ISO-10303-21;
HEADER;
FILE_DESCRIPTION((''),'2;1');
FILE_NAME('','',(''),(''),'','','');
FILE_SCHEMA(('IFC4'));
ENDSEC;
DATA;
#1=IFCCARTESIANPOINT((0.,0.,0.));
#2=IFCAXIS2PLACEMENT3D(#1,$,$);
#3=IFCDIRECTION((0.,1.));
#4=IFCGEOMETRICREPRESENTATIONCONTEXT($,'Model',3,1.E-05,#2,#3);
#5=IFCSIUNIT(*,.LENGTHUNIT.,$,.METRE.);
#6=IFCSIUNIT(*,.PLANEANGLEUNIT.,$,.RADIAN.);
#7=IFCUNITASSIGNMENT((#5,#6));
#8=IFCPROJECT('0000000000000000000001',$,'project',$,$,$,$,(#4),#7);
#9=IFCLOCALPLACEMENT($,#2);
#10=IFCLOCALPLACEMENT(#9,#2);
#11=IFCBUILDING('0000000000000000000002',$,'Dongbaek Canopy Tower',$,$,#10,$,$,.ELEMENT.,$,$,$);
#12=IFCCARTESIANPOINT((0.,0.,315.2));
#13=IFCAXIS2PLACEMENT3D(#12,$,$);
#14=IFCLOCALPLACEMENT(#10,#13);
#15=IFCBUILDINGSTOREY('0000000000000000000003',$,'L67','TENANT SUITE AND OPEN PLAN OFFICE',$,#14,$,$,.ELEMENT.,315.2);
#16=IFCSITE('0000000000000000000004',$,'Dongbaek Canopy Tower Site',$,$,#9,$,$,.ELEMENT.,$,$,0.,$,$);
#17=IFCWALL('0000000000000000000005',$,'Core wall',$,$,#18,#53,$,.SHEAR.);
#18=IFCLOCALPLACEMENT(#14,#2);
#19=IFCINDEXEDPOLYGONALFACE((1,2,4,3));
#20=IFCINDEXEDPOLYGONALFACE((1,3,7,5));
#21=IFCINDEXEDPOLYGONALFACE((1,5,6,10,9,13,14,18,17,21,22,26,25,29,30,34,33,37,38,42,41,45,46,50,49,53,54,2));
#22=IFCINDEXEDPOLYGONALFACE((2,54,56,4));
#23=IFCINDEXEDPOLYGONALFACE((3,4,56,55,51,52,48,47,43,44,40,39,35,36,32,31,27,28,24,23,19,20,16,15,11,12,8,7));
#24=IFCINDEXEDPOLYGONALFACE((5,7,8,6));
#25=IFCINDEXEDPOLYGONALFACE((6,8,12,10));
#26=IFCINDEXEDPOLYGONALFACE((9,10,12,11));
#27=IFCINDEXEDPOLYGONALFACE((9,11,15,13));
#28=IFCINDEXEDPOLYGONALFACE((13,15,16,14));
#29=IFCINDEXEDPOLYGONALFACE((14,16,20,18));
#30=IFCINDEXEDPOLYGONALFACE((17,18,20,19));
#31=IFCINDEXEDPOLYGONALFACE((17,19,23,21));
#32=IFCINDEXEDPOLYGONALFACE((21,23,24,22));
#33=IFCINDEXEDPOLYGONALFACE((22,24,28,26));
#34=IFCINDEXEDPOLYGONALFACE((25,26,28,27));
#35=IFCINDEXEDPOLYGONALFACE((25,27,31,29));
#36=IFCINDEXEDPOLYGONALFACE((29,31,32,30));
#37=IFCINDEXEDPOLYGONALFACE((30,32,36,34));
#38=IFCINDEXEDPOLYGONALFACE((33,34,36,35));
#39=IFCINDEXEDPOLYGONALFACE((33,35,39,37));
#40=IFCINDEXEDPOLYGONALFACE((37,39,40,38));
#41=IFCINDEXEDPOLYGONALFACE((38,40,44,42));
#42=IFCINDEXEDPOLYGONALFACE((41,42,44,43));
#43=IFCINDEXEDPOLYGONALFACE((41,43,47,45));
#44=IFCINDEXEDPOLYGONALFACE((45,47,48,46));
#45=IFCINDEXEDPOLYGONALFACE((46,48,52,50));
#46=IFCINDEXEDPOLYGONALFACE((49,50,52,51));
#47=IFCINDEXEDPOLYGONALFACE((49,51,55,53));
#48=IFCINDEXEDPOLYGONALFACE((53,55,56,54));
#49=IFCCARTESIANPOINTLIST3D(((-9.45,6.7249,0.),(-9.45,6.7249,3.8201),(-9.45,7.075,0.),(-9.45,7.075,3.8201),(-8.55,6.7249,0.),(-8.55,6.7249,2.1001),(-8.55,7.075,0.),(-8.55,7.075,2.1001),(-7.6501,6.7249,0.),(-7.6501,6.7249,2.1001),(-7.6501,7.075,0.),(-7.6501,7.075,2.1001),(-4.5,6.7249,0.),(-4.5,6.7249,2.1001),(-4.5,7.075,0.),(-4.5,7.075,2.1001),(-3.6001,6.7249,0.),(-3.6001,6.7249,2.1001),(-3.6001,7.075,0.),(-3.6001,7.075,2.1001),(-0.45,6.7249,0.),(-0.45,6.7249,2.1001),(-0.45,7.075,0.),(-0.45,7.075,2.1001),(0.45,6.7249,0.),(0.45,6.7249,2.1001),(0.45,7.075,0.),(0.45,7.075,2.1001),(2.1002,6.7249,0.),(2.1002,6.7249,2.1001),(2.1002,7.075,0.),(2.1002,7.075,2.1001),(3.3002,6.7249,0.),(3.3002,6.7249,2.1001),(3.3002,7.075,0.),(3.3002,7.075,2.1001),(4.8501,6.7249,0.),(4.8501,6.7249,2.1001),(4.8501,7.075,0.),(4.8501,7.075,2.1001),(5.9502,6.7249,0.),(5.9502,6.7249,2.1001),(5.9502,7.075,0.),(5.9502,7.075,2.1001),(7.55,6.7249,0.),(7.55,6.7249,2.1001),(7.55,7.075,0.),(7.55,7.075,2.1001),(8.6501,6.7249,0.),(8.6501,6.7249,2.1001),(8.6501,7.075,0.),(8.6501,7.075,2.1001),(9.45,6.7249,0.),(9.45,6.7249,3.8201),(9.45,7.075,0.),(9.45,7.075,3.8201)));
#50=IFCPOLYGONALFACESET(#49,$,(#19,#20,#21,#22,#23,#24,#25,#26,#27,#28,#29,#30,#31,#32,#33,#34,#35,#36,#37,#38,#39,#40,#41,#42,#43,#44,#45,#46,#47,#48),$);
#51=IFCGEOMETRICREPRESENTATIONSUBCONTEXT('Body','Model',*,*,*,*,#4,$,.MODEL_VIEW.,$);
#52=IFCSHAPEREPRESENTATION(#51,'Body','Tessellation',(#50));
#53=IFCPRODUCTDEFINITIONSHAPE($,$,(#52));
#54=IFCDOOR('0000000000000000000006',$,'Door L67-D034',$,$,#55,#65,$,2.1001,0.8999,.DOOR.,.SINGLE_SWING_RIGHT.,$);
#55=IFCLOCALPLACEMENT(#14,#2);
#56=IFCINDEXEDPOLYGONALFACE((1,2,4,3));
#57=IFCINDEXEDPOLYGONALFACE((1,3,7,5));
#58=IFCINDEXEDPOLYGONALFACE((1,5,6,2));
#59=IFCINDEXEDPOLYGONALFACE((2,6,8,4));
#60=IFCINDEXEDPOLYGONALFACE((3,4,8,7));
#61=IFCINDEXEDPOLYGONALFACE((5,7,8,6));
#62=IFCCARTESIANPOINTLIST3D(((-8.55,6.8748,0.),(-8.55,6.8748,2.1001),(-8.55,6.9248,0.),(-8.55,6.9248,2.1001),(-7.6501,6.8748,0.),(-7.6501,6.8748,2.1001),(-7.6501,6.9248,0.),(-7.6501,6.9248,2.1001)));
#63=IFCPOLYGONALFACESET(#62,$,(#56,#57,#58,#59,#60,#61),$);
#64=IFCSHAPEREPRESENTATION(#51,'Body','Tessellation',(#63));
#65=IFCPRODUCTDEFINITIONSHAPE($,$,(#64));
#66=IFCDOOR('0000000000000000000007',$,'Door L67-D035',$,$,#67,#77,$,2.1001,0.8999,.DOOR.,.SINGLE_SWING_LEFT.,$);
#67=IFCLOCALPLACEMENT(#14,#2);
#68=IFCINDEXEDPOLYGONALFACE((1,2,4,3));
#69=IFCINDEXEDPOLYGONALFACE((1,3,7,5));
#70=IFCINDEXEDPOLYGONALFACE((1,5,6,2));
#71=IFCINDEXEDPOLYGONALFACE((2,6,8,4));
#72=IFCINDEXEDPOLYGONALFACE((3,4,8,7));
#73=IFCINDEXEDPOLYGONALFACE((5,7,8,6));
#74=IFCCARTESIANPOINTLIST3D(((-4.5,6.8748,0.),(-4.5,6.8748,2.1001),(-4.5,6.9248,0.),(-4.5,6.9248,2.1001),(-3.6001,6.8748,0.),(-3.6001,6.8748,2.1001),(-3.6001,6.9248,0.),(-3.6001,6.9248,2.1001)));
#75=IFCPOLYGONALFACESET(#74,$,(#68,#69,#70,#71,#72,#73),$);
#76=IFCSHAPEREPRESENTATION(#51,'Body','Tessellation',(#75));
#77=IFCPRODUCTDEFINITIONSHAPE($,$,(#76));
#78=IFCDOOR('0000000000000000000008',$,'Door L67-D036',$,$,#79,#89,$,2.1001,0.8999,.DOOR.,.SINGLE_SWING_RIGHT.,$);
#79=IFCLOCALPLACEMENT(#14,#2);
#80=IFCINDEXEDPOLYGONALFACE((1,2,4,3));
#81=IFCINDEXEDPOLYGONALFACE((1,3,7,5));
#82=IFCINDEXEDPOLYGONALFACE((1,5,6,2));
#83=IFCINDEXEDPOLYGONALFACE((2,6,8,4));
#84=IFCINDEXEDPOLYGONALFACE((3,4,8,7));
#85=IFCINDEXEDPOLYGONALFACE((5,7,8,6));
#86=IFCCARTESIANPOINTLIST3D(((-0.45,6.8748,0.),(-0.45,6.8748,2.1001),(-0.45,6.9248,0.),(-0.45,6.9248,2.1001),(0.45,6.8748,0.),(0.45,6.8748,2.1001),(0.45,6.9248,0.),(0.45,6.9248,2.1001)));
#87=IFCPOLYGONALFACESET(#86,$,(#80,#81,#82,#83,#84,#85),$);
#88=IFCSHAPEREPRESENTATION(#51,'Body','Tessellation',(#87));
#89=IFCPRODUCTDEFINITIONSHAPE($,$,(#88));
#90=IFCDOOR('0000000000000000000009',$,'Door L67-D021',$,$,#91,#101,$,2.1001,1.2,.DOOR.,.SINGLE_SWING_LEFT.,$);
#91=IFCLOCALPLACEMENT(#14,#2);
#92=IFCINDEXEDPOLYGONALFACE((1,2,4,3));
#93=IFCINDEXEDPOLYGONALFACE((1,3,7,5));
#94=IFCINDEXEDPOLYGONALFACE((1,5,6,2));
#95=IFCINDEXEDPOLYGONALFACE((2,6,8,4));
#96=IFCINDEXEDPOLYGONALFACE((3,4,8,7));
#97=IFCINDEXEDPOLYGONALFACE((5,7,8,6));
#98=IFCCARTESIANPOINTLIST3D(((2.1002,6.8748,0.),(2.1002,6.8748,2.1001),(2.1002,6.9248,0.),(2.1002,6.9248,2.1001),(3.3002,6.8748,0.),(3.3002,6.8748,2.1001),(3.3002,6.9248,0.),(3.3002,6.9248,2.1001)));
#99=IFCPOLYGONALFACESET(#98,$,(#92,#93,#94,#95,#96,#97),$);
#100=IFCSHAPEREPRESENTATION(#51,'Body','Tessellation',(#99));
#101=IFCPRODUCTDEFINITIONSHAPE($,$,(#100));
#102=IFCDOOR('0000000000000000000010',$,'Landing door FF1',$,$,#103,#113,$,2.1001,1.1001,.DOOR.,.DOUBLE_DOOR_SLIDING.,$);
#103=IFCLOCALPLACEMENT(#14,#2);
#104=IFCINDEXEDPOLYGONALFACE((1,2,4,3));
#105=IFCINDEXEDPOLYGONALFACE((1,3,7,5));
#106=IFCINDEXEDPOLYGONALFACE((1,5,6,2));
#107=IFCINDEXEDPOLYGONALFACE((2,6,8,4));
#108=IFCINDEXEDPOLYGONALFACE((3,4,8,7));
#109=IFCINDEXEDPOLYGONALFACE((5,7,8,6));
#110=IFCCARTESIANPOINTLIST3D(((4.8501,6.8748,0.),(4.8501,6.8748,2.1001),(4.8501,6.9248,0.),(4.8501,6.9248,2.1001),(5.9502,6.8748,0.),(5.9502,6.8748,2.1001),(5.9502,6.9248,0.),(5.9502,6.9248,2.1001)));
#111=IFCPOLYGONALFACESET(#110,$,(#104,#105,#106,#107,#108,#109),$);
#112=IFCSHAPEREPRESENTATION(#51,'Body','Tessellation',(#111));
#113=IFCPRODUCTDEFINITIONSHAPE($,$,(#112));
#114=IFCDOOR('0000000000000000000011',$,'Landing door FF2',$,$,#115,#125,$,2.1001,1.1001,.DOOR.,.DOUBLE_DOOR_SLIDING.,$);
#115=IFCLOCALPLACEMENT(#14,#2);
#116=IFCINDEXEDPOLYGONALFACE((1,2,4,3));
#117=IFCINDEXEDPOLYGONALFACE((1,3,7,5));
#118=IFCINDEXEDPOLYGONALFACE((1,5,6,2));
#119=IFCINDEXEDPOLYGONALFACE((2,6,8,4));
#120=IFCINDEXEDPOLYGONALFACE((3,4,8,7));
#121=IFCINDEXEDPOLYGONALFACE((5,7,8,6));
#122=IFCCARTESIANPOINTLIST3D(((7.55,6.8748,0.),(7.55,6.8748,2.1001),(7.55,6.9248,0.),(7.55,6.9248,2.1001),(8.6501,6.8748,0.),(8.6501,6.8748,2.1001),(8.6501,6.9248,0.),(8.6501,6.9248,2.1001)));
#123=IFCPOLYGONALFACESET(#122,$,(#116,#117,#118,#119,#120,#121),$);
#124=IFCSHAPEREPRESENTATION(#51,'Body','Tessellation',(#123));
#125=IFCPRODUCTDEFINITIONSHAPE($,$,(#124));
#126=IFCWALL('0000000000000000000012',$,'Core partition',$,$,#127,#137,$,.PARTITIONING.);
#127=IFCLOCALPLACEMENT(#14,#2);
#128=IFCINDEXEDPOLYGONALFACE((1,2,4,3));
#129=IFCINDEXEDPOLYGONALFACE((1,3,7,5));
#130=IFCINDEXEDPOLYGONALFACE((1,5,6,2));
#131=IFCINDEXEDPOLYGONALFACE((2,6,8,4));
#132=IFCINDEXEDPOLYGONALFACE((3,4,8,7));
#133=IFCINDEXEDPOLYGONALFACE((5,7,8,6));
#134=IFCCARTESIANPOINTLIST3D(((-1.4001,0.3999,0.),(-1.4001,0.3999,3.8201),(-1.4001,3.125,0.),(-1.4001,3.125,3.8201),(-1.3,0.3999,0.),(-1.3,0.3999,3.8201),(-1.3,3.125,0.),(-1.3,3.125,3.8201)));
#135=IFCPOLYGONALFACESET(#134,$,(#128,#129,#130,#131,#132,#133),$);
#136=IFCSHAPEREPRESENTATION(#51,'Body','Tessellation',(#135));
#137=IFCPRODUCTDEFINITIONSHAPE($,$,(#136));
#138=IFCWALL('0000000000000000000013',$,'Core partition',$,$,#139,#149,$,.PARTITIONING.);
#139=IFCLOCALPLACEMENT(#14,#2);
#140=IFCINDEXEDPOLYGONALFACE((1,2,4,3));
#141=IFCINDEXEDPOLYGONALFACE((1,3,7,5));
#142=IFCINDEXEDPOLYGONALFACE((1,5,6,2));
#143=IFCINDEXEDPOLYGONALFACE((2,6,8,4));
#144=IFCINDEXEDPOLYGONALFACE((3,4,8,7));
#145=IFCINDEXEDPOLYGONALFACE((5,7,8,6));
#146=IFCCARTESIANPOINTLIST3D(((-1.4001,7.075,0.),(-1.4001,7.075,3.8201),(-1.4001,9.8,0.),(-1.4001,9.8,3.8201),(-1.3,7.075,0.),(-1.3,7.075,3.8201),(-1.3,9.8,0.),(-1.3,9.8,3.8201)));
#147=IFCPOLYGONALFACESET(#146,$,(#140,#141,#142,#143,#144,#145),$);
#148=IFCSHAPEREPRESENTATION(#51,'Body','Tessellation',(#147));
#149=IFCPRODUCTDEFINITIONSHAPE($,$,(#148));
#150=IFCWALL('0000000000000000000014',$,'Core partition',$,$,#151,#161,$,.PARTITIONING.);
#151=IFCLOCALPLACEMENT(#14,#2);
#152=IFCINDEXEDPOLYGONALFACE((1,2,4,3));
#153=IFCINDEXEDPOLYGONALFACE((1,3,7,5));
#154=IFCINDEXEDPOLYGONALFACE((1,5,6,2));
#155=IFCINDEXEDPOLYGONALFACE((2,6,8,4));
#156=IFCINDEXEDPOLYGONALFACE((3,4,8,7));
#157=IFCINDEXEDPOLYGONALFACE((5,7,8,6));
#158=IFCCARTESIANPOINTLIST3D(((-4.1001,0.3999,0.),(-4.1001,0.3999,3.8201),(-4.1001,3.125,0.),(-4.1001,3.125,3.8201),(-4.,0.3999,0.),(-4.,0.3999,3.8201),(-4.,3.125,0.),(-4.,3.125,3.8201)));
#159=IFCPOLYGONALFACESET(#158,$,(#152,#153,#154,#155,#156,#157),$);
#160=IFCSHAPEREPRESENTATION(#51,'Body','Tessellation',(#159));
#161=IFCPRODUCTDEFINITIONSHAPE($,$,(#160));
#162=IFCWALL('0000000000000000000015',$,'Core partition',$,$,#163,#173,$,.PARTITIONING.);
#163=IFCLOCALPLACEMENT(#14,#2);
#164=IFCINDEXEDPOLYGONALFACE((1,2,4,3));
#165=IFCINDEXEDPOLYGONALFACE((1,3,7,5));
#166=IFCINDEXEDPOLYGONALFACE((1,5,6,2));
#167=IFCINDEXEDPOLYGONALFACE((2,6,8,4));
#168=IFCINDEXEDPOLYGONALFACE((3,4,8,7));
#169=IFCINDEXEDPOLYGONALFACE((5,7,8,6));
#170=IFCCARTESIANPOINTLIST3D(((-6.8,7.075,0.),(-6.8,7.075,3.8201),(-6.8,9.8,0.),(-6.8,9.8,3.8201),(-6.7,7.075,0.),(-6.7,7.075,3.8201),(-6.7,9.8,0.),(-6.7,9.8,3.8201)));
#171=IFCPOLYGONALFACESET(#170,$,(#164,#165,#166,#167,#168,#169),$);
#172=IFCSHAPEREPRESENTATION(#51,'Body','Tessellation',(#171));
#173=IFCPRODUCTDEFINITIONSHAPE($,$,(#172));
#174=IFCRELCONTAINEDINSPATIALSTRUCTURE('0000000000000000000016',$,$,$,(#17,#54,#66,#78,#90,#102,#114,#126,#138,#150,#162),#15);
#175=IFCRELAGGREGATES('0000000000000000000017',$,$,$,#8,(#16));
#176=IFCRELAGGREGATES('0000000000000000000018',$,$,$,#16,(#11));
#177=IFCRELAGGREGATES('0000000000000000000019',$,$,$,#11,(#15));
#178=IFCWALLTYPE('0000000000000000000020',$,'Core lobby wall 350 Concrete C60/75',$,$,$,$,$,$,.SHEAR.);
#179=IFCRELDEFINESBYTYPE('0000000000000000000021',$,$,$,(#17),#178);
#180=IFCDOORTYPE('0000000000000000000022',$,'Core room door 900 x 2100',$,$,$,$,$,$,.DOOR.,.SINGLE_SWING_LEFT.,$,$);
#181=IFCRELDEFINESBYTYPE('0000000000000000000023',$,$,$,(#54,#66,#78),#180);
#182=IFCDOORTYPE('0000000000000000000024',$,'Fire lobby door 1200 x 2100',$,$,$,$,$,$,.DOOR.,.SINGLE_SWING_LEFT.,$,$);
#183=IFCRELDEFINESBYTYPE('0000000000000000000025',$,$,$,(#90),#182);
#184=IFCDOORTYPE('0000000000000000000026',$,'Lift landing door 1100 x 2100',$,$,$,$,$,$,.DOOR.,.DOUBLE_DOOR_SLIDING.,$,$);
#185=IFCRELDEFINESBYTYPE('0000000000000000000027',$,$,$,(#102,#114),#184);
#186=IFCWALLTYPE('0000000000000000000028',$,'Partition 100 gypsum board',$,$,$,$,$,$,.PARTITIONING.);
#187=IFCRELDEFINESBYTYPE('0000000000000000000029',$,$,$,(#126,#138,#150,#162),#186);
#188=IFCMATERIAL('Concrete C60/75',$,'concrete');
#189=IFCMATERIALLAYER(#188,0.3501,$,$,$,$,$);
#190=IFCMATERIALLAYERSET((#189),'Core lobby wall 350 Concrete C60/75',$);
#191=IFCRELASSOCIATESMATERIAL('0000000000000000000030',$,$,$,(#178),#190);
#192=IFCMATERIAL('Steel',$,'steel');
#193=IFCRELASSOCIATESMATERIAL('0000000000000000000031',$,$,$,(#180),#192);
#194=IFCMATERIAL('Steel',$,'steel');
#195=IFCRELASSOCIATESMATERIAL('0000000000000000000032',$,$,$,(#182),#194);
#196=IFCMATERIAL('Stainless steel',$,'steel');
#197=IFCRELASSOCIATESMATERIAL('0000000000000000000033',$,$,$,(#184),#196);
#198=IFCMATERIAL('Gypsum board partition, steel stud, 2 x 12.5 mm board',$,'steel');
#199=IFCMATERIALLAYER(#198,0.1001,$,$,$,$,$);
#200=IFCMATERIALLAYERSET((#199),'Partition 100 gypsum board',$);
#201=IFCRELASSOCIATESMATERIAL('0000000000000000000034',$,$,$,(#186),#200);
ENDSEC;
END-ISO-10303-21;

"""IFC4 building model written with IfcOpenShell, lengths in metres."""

from ifc_helpers import new_model, si_unit, direction, frame, frame_2d, origin, place, context, subcontext, project, spatial, rectangle, extrude, material, layer, layer_set, type_object, element, fill, save


model = new_model("IFC4")

# Units and contexts
model_context = context("Model", 3, precision=1e-05, world=origin(), true_north=direction((0.0, 1.0)))
body_context = subcontext(model_context, "Body", "Model", "MODEL_VIEW")
ifc_project = project(units=[si_unit("LENGTHUNIT", "METRE"), si_unit("PLANEANGLEUNIT", "RADIAN")], contexts=[model_context])

# Site, building, storey
site_placement = place(None, origin())
site = spatial("IfcSite", under=ifc_project, at=site_placement, Name="Dongbaek Canopy Tower Site", CompositionType="ELEMENT", RefElevation=0.0)
building_placement = place(site_placement, origin())
building = spatial("IfcBuilding", under=site, at=building_placement, Name="Dongbaek Canopy Tower", CompositionType="ELEMENT")
storey_placement = place(building_placement, frame((0.0, 0.0, 315.2)))
storey = spatial("IfcBuildingStorey", under=building, at=storey_placement, Name="L67", Description="TENANT SUITE AND OPEN PLAN OFFICE", CompositionType="ELEMENT", Elevation=315.2)

# Wall, openings, doors
ifc_material_1 = material(Name="Concrete C60/75", Category="concrete")
ifc_layer_1 = layer(ifc_material_1, 0.3501)
ifc_layer_set_1 = layer_set([ifc_layer_1], Name="Core lobby wall 350 Concrete C60/75")
wall_type_1 = type_object("IfcWallType", Name="Core lobby wall 350 Concrete C60/75", PredefinedType="SHEAR", material=ifc_layer_set_1)
wall_1_placement = place(storey_placement, frame((-9.45, 6.8999, 0.0), z_axis=(0.0, 0.0, 1.0), x_axis=(1.0, 0.0, 0.0)))
wall_1 = element("IfcWall", 1, at=wall_1_placement, inside=storey, type_object=wall_type_1, Name="Core wall", PredefinedType="SHEAR", context=body_context, shape_type="SweptSolid", body=[
    extrude(rectangle(XDim=18.8999, YDim=0.3501, at=frame_2d((9.45, 0.0))), origin(), (0.0, 0.0, 1.0), 3.8201),
])
opening_1_placement = place(wall_1_placement, frame((11.55, 0.0, 0.0)))
opening_1 = element("IfcOpeningElement", 2, at=opening_1_placement, cuts=wall_1, PredefinedType="OPENING", context=body_context, shape_type="SweptSolid", body=[
    extrude(rectangle(XDim=1.2, YDim=2.1001, at=frame_2d((0.6001, 1.05))), frame((0.0, 0.1851, 0.0), z_axis=(0.0, -1.0, 0.0), x_axis=(1.0, 0.0, 0.0)), (0.0, 0.0, 1.0), 0.3701),
])
opening_2_placement = place(wall_1_placement, frame((14.3, 0.0, 0.0)))
opening_2 = element("IfcOpeningElement", 3, at=opening_2_placement, cuts=wall_1, PredefinedType="OPENING", context=body_context, shape_type="SweptSolid", body=[
    extrude(rectangle(XDim=1.1001, YDim=2.1001, at=frame_2d((0.55, 1.05))), frame((0.0, 0.1851, 0.0), z_axis=(0.0, -1.0, 0.0), x_axis=(1.0, 0.0, 0.0)), (0.0, 0.0, 1.0), 0.3701),
])
opening_3_placement = place(wall_1_placement, frame((17.0, 0.0, 0.0)))
opening_3 = element("IfcOpeningElement", 4, at=opening_3_placement, cuts=wall_1, PredefinedType="OPENING", context=body_context, shape_type="SweptSolid", body=[
    extrude(rectangle(XDim=1.1001, YDim=2.1001, at=frame_2d((0.55, 1.05))), frame((0.0, 0.1851, 0.0), z_axis=(0.0, -1.0, 0.0), x_axis=(1.0, 0.0, 0.0)), (0.0, 0.0, 1.0), 0.3701),
])
opening_4_placement = place(wall_1_placement, frame((0.8999, 0.0, 0.0)))
opening_4 = element("IfcOpeningElement", 5, at=opening_4_placement, cuts=wall_1, PredefinedType="OPENING", context=body_context, shape_type="SweptSolid", body=[
    extrude(rectangle(XDim=0.8999, YDim=2.1001, at=frame_2d((0.45, 1.05))), frame((0.0, 0.1851, 0.0), z_axis=(0.0, -1.0, 0.0), x_axis=(1.0, 0.0, 0.0)), (0.0, 0.0, 1.0), 0.3701),
])
opening_5_placement = place(wall_1_placement, frame((4.95, 0.0, 0.0)))
opening_5 = element("IfcOpeningElement", 6, at=opening_5_placement, cuts=wall_1, PredefinedType="OPENING", context=body_context, shape_type="SweptSolid", body=[
    extrude(rectangle(XDim=0.8999, YDim=2.1001, at=frame_2d((0.45, 1.05))), frame((0.0, 0.1851, 0.0), z_axis=(0.0, -1.0, 0.0), x_axis=(1.0, 0.0, 0.0)), (0.0, 0.0, 1.0), 0.3701),
])
opening_6_placement = place(wall_1_placement, frame((9.0, 0.0, 0.0)))
opening_6 = element("IfcOpeningElement", 7, at=opening_6_placement, cuts=wall_1, PredefinedType="OPENING", context=body_context, shape_type="SweptSolid", body=[
    extrude(rectangle(XDim=0.8999, YDim=2.1001, at=frame_2d((0.45, 1.05))), frame((0.0, 0.1851, 0.0), z_axis=(0.0, -1.0, 0.0), x_axis=(1.0, 0.0, 0.0)), (0.0, 0.0, 1.0), 0.3701),
])
ifc_material_2 = material(Name="Steel", Category="steel")
door_type_1 = type_object("IfcDoorType", Name="Core room door 900 x 2100", OperationType="SINGLE_SWING_LEFT", PredefinedType="DOOR", material=ifc_material_2)
door_1_placement = place(opening_4_placement, origin())
door_1 = element("IfcDoor", 8, at=door_1_placement, inside=storey, type_object=door_type_1, Name="Door L67-D034", OperationType="SINGLE_SWING_RIGHT", OverallHeight=2.1001, OverallWidth=0.8999, PredefinedType="DOOR", context=body_context, shape_type="SweptSolid", body=[
    extrude(rectangle(XDim=0.8999, YDim=2.1001, at=frame_2d((0.45, 1.05))), frame((0.0, 0.0249, 0.0), z_axis=(0.0, -1.0, 0.0), x_axis=(1.0, 0.0, 0.0)), (0.0, 0.0, 1.0), 0.05),
])
fill(opening_4, door_1)
door_2_placement = place(opening_5_placement, origin())
door_2 = element("IfcDoor", 9, at=door_2_placement, inside=storey, type_object=door_type_1, Name="Door L67-D035", OperationType="SINGLE_SWING_LEFT", OverallHeight=2.1001, OverallWidth=0.8999, PredefinedType="DOOR", context=body_context, shape_type="SweptSolid", body=[
    extrude(rectangle(XDim=0.8999, YDim=2.1001, at=frame_2d((0.45, 1.05))), frame((0.0, 0.0249, 0.0), z_axis=(0.0, -1.0, 0.0), x_axis=(1.0, 0.0, 0.0)), (0.0, 0.0, 1.0), 0.05),
])
fill(opening_5, door_2)
door_3_placement = place(opening_6_placement, origin())
door_3 = element("IfcDoor", 10, at=door_3_placement, inside=storey, type_object=door_type_1, Name="Door L67-D036", OperationType="SINGLE_SWING_RIGHT", OverallHeight=2.1001, OverallWidth=0.8999, PredefinedType="DOOR", context=body_context, shape_type="SweptSolid", body=[
    extrude(rectangle(XDim=0.8999, YDim=2.1001, at=frame_2d((0.45, 1.05))), frame((0.0, 0.0249, 0.0), z_axis=(0.0, -1.0, 0.0), x_axis=(1.0, 0.0, 0.0)), (0.0, 0.0, 1.0), 0.05),
])
fill(opening_6, door_3)
ifc_material_3 = material(Name="Steel", Category="steel")
door_type_2 = type_object("IfcDoorType", Name="Fire lobby door 1200 x 2100", OperationType="SINGLE_SWING_LEFT", PredefinedType="DOOR", material=ifc_material_3)
door_4_placement = place(opening_1_placement, origin())
door_4 = element("IfcDoor", 11, at=door_4_placement, inside=storey, type_object=door_type_2, Name="Door L67-D021", OperationType="SINGLE_SWING_LEFT", OverallHeight=2.1001, OverallWidth=1.2, PredefinedType="DOOR", context=body_context, shape_type="SweptSolid", body=[
    extrude(rectangle(XDim=1.2, YDim=2.1001, at=frame_2d((0.6001, 1.05))), frame((0.0, 0.0249, 0.0), z_axis=(0.0, -1.0, 0.0), x_axis=(1.0, 0.0, 0.0)), (0.0, 0.0, 1.0), 0.05),
])
fill(opening_1, door_4)
ifc_material_4 = material(Name="Stainless steel", Category="steel")
door_type_3 = type_object("IfcDoorType", Name="Lift landing door 1100 x 2100", OperationType="DOUBLE_DOOR_SLIDING", PredefinedType="DOOR", material=ifc_material_4)
door_5_placement = place(opening_2_placement, origin())
door_5 = element("IfcDoor", 12, at=door_5_placement, inside=storey, type_object=door_type_3, Name="Landing door FF1", OperationType="DOUBLE_DOOR_SLIDING", OverallHeight=2.1001, OverallWidth=1.1001, PredefinedType="DOOR", context=body_context, shape_type="SweptSolid", body=[
    extrude(rectangle(XDim=1.1001, YDim=2.1001, at=frame_2d((0.55, 1.05))), frame((0.0, 0.0249, 0.0), z_axis=(0.0, -1.0, 0.0), x_axis=(1.0, 0.0, 0.0)), (0.0, 0.0, 1.0), 0.05),
])
fill(opening_2, door_5)
door_6_placement = place(opening_3_placement, origin())
door_6 = element("IfcDoor", 13, at=door_6_placement, inside=storey, type_object=door_type_3, Name="Landing door FF2", OperationType="DOUBLE_DOOR_SLIDING", OverallHeight=2.1001, OverallWidth=1.1001, PredefinedType="DOOR", context=body_context, shape_type="SweptSolid", body=[
    extrude(rectangle(XDim=1.1001, YDim=2.1001, at=frame_2d((0.55, 1.05))), frame((0.0, 0.0249, 0.0), z_axis=(0.0, -1.0, 0.0), x_axis=(1.0, 0.0, 0.0)), (0.0, 0.0, 1.0), 0.05),
])
fill(opening_3, door_6)

# Walls
ifc_material_5 = material(Name="Gypsum board partition, steel stud, 2 x 12.5 mm board", Category="steel")
ifc_layer_2 = layer(ifc_material_5, 0.1001)
ifc_layer_set_2 = layer_set([ifc_layer_2], Name="Partition 100 gypsum board")
wall_type_2 = type_object("IfcWallType", Name="Partition 100 gypsum board", PredefinedType="PARTITIONING", material=ifc_layer_set_2)
for number, where, z_axis, x_axis, name in (
    (14, (-1.3501, 0.3999, 0.0), (0.0, 0.0, 1.0), (0.0, 1.0, 0.0), "Core partition"),
    (15, (-1.3501, 7.075, 0.0), (0.0, 0.0, 1.0), (0.0, 1.0, 0.0), "Core partition"),
    (16, (-4.05, 0.3999, 0.0), (0.0, 0.0, 1.0), (0.0, 1.0, 0.0), "Core partition"),
    (17, (-6.75, 7.075, 0.0), (0.0, 0.0, 1.0), (0.0, 1.0, 0.0), "Core partition"),
):
    element("IfcWall", number, at=place(storey_placement, frame(where, z_axis=z_axis, x_axis=x_axis)), inside=storey, type_object=wall_type_2, Name=name, PredefinedType="PARTITIONING", context=body_context, shape_type="SweptSolid", body=[
        extrude(rectangle(XDim=2.7251, YDim=0.1001, at=frame_2d((1.3625, 0.0))), origin(), (0.0, 0.0, 1.0), 3.8201),
    ])

save(model, "model.ifc")
